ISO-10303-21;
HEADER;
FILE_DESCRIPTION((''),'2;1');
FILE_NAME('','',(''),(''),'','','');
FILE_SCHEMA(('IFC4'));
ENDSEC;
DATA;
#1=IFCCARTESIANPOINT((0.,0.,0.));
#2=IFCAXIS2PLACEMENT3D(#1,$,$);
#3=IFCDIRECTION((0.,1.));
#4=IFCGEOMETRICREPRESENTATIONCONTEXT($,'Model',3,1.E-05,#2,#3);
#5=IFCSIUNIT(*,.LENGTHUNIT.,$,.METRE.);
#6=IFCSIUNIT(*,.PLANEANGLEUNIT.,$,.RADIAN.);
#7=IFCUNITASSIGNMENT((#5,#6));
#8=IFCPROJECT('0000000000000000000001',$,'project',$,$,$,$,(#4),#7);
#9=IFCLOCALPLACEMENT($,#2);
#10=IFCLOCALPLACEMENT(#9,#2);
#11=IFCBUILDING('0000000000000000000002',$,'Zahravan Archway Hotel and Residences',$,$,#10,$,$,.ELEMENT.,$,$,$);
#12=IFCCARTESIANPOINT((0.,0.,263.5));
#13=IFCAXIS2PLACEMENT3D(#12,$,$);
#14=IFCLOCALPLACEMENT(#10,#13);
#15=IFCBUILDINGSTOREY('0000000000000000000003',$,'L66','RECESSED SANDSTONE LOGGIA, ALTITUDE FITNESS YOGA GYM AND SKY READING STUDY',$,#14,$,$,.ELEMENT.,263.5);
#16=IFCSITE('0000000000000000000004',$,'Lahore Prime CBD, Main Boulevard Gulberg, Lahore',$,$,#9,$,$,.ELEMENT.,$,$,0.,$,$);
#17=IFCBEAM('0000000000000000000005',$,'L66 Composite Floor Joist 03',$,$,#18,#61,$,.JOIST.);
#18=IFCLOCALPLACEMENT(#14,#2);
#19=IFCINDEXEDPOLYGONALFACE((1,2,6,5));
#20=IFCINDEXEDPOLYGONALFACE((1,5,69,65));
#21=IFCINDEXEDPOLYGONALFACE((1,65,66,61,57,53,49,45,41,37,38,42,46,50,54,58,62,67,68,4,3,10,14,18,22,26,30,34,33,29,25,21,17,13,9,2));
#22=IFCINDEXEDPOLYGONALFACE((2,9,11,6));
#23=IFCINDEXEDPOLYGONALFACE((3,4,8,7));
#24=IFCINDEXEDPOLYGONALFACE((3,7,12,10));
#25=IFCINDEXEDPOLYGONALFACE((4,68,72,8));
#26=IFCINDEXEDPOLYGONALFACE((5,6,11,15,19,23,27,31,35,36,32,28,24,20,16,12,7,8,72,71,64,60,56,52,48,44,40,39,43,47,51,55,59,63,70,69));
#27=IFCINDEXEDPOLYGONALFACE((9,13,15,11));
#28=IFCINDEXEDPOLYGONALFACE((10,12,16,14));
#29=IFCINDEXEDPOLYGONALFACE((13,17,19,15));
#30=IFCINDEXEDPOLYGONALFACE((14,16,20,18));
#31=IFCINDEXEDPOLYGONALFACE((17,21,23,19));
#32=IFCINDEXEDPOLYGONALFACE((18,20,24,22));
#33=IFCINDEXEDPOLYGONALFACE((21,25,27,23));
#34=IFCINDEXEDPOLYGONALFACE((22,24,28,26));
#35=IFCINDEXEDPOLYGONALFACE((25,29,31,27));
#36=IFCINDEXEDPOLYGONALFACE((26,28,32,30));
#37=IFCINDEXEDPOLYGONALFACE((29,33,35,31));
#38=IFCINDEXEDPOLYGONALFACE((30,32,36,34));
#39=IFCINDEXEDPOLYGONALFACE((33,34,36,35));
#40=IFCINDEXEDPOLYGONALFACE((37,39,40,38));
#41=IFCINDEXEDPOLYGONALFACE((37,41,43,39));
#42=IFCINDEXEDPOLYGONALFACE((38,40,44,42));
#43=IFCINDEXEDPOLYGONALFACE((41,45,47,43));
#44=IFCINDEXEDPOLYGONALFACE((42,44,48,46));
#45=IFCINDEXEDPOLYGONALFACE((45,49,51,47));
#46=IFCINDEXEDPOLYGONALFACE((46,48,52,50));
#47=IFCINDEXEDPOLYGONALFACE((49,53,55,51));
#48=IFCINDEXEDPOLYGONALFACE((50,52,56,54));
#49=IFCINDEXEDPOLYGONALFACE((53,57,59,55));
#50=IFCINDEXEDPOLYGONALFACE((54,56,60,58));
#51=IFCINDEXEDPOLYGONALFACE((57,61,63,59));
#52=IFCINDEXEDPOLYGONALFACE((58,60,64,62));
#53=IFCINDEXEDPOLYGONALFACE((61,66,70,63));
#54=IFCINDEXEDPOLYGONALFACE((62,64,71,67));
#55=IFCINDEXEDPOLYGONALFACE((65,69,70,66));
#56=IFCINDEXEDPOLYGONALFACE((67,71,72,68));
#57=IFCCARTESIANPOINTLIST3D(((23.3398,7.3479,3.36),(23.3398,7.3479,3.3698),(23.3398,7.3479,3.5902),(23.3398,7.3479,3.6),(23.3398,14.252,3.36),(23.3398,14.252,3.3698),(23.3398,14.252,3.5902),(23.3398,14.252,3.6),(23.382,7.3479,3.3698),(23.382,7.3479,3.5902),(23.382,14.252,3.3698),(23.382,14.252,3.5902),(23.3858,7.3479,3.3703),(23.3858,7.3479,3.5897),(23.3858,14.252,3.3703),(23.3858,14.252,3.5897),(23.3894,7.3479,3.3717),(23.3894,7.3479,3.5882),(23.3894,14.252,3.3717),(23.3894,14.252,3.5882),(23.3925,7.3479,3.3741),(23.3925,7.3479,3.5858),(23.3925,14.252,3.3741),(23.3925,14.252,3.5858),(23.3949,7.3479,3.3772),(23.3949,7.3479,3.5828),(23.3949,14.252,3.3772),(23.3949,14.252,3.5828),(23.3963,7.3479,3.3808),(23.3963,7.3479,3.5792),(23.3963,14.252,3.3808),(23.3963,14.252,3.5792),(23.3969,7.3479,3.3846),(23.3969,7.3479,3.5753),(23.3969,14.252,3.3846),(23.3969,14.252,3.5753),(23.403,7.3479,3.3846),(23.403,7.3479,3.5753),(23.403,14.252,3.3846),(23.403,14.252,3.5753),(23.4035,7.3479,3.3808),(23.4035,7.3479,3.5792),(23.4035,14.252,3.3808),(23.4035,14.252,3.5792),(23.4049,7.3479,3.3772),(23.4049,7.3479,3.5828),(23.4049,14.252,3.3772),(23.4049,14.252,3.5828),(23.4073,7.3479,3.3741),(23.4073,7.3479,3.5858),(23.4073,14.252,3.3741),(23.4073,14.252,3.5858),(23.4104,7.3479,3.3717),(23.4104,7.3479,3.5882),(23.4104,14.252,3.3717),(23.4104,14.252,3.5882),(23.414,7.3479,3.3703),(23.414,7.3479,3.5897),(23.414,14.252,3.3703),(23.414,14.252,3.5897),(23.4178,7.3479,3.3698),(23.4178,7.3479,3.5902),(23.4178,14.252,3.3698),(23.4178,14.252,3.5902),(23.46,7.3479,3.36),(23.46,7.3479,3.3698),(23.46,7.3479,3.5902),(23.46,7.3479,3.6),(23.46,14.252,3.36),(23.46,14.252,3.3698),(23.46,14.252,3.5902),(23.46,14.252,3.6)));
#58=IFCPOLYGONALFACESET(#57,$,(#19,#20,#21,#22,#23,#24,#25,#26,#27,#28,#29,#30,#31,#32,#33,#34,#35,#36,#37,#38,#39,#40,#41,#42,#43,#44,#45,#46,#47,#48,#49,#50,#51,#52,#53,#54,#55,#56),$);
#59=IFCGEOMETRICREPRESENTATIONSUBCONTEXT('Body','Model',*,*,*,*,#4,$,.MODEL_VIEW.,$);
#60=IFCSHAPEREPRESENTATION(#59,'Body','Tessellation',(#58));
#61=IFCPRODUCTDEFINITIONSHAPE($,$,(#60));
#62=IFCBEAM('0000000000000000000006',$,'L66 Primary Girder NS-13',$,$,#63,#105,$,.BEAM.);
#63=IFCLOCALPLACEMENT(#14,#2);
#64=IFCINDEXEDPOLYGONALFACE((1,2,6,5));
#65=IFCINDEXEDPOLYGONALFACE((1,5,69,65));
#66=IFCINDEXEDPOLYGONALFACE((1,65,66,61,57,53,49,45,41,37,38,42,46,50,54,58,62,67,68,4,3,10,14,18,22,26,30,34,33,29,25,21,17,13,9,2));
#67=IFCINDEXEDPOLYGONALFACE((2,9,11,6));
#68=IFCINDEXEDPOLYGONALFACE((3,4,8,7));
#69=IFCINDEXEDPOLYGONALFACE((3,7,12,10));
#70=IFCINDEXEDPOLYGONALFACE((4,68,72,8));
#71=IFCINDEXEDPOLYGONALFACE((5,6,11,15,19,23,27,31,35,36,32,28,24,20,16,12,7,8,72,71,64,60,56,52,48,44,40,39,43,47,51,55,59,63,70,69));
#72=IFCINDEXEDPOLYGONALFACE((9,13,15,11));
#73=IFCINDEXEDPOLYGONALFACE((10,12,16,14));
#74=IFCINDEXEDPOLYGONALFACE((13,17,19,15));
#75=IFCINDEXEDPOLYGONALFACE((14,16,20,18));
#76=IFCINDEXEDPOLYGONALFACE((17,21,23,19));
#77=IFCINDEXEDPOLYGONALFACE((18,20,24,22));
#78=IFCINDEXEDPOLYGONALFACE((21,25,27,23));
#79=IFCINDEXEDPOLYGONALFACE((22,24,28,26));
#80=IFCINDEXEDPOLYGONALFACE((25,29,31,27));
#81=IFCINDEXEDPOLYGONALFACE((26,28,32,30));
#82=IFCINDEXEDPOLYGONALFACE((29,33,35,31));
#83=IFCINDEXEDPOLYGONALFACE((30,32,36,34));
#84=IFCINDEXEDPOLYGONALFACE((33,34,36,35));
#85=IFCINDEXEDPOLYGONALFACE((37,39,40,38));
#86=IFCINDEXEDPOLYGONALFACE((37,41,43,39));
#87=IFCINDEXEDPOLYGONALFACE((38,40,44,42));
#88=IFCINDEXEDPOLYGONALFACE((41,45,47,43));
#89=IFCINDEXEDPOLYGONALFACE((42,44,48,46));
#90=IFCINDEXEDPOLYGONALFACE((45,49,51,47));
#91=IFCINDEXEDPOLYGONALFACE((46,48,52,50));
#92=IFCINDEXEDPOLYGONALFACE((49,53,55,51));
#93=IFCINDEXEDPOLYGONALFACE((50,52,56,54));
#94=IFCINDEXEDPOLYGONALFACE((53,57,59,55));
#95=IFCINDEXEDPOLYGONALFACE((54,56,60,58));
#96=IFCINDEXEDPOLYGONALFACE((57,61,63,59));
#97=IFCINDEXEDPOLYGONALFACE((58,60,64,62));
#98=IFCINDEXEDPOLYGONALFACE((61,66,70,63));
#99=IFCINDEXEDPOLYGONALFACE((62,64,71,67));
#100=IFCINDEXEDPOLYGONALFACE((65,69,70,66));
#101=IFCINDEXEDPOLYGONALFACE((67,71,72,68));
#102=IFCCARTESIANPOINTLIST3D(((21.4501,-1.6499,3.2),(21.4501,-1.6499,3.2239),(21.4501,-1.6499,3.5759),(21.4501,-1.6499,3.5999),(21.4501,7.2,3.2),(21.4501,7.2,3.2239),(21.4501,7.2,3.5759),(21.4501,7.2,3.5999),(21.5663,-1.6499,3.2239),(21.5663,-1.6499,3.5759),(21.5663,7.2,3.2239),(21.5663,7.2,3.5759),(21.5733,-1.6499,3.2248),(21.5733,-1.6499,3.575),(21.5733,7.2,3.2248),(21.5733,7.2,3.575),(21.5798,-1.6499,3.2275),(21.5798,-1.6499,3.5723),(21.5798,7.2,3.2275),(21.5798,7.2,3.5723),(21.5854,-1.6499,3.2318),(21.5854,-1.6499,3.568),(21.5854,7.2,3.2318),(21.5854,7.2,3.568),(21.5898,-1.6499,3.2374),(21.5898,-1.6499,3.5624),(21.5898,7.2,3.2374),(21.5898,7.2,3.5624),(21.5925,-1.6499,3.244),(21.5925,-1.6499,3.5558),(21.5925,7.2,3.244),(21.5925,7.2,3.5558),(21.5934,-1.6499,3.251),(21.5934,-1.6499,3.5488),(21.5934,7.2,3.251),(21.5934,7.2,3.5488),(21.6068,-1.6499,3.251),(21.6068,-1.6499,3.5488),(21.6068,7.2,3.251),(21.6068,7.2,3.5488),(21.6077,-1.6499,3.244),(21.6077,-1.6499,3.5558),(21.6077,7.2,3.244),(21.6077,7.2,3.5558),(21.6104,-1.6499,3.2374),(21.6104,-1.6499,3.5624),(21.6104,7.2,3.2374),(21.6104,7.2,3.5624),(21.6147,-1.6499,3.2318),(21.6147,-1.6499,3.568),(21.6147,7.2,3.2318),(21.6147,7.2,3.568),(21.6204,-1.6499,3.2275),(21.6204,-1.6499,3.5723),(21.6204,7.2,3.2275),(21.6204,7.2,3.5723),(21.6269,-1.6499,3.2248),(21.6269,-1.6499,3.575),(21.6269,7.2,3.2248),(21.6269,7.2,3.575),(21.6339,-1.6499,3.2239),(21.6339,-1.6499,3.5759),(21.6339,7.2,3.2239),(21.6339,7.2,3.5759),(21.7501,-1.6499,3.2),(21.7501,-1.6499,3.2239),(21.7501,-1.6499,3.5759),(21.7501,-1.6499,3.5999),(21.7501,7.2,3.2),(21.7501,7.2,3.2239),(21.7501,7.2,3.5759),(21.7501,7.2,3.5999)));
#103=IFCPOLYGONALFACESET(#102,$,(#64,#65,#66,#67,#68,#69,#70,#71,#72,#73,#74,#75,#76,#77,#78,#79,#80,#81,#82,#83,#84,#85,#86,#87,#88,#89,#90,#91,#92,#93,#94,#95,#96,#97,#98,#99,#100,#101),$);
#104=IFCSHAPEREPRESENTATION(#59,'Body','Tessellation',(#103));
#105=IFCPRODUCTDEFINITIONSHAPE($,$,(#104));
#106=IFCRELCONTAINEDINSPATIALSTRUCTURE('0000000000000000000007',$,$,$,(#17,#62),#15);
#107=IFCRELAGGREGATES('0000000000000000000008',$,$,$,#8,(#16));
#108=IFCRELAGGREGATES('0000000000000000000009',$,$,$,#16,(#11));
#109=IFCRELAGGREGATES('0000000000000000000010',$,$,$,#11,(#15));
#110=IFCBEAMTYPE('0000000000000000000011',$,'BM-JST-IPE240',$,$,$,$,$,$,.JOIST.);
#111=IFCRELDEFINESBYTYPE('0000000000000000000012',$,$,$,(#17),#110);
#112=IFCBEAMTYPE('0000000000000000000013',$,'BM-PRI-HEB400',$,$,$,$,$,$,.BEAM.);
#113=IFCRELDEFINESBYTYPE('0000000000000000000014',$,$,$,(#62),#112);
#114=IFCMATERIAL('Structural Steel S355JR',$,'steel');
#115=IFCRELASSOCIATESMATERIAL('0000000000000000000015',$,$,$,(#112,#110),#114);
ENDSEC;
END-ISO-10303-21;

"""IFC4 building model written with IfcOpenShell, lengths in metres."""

from ifc_helpers import new_model, si_unit, direction, frame, origin, origin_2d, place, context, subcontext, project, spatial, i_section, extrude, source, transform, mapped, material, material_profile, profile_set, type_object, type_shapes, element, save


model = new_model("IFC4")

# Units and contexts
model_context = context("Model", 3, precision=1e-05, world=origin(), true_north=direction((0.0, 1.0)))
body_context = subcontext(model_context, "Body", "Model", "MODEL_VIEW")
ifc_project = project(units=[si_unit("LENGTHUNIT", "METRE"), si_unit("PLANEANGLEUNIT", "RADIAN")], contexts=[model_context])

# Site, building, storey
site_placement = place(None, origin())
site = spatial("IfcSite", under=ifc_project, at=site_placement, Name="Lahore Prime CBD, Main Boulevard Gulberg, Lahore", CompositionType="ELEMENT", RefElevation=0.0)
building_placement = place(site_placement, origin())
building = spatial("IfcBuilding", under=site, at=building_placement, Name="Zahravan Archway Hotel and Residences", CompositionType="ELEMENT")
storey_placement = place(building_placement, frame((0.0, 0.0, 263.5)))
storey = spatial("IfcBuildingStorey", under=building, at=storey_placement, Name="L66", Description="RECESSED SANDSTONE LOGGIA, ALTITUDE FITNESS YOGA GYM AND SKY READING STUDY", CompositionType="ELEMENT", Elevation=263.5)

# Beams
ifc_material_1 = material(Name="Structural Steel S355JR", Category="steel")
ifc_material_profile_1 = material_profile(ifc_material_1, i_section(OverallWidth=0.3, OverallDepth=0.3999, WebThickness=0.0134, FlangeThickness=0.0239, FilletRadius=0.0271, at=origin_2d()), Name="HEB 400", Category="steel")
ifc_profile_set_1 = profile_set([ifc_material_profile_1], Name="Structural Steel S355JR")
beam_type_1 = type_object("IfcBeamType", Name="BM-PRI-HEB400", PredefinedType="BEAM", material=ifc_profile_set_1)
ifc_material_profile_2 = material_profile(ifc_material_1, i_section(OverallWidth=0.1201, OverallDepth=0.24, WebThickness=0.0061, FlangeThickness=0.0098, FilletRadius=0.0149, at=origin_2d()), Name="IPE 240", Category="steel")
ifc_profile_set_2 = profile_set([ifc_material_profile_2], Name="Structural Steel S355JR")
beam_type_2 = type_object("IfcBeamType", Name="BM-JST-IPE240", PredefinedType="JOIST", material=ifc_profile_set_2)
shared_shape_1 = source(origin(), body_context, "Body", "SweptSolid", [
    extrude(i_section(OverallWidth=0.1201, OverallDepth=0.24, WebThickness=0.0061, FlangeThickness=0.0098, FilletRadius=0.0149, at=origin_2d()), origin(), (0.0, 0.0, 1.0), 6.9041),
])
type_shapes(beam_type_2, [shared_shape_1])
beam_1_placement = place(storey_placement, frame((23.3999, 7.3479, 3.48), z_axis=(0.0, 1.0, 0.0), x_axis=(-1.0, 0.0, 0.0)))
element("IfcBeam", 1, at=beam_1_placement, inside=storey, type_object=beam_type_2, Name="L66 Composite Floor Joist 03", PredefinedType="JOIST", context=body_context, shape_type="MappedRepresentation", body=[
    mapped(shared_shape_1, transform((0.0, 0.0, 0.0), scale=1.0)),
])
shared_shape_2 = source(origin(), body_context, "Body", "SweptSolid", [
    extrude(i_section(OverallWidth=0.3, OverallDepth=0.3999, WebThickness=0.0134, FlangeThickness=0.0239, FilletRadius=0.0271, at=origin_2d()), origin(), (0.0, 0.0, 1.0), 8.8499),
])
beam_2_placement = place(storey_placement, frame((21.6001, -1.6499, 3.3999), z_axis=(0.0, 1.0, 0.0), x_axis=(-1.0, 0.0, 0.0)))
element("IfcBeam", 2, at=beam_2_placement, inside=storey, type_object=beam_type_1, Name="L66 Primary Girder NS-13", PredefinedType="BEAM", context=body_context, shape_type="MappedRepresentation", body=[
    mapped(shared_shape_2, transform((0.0, 0.0, 0.0), scale=1.0)),
])

save(model, "model.ifc")
